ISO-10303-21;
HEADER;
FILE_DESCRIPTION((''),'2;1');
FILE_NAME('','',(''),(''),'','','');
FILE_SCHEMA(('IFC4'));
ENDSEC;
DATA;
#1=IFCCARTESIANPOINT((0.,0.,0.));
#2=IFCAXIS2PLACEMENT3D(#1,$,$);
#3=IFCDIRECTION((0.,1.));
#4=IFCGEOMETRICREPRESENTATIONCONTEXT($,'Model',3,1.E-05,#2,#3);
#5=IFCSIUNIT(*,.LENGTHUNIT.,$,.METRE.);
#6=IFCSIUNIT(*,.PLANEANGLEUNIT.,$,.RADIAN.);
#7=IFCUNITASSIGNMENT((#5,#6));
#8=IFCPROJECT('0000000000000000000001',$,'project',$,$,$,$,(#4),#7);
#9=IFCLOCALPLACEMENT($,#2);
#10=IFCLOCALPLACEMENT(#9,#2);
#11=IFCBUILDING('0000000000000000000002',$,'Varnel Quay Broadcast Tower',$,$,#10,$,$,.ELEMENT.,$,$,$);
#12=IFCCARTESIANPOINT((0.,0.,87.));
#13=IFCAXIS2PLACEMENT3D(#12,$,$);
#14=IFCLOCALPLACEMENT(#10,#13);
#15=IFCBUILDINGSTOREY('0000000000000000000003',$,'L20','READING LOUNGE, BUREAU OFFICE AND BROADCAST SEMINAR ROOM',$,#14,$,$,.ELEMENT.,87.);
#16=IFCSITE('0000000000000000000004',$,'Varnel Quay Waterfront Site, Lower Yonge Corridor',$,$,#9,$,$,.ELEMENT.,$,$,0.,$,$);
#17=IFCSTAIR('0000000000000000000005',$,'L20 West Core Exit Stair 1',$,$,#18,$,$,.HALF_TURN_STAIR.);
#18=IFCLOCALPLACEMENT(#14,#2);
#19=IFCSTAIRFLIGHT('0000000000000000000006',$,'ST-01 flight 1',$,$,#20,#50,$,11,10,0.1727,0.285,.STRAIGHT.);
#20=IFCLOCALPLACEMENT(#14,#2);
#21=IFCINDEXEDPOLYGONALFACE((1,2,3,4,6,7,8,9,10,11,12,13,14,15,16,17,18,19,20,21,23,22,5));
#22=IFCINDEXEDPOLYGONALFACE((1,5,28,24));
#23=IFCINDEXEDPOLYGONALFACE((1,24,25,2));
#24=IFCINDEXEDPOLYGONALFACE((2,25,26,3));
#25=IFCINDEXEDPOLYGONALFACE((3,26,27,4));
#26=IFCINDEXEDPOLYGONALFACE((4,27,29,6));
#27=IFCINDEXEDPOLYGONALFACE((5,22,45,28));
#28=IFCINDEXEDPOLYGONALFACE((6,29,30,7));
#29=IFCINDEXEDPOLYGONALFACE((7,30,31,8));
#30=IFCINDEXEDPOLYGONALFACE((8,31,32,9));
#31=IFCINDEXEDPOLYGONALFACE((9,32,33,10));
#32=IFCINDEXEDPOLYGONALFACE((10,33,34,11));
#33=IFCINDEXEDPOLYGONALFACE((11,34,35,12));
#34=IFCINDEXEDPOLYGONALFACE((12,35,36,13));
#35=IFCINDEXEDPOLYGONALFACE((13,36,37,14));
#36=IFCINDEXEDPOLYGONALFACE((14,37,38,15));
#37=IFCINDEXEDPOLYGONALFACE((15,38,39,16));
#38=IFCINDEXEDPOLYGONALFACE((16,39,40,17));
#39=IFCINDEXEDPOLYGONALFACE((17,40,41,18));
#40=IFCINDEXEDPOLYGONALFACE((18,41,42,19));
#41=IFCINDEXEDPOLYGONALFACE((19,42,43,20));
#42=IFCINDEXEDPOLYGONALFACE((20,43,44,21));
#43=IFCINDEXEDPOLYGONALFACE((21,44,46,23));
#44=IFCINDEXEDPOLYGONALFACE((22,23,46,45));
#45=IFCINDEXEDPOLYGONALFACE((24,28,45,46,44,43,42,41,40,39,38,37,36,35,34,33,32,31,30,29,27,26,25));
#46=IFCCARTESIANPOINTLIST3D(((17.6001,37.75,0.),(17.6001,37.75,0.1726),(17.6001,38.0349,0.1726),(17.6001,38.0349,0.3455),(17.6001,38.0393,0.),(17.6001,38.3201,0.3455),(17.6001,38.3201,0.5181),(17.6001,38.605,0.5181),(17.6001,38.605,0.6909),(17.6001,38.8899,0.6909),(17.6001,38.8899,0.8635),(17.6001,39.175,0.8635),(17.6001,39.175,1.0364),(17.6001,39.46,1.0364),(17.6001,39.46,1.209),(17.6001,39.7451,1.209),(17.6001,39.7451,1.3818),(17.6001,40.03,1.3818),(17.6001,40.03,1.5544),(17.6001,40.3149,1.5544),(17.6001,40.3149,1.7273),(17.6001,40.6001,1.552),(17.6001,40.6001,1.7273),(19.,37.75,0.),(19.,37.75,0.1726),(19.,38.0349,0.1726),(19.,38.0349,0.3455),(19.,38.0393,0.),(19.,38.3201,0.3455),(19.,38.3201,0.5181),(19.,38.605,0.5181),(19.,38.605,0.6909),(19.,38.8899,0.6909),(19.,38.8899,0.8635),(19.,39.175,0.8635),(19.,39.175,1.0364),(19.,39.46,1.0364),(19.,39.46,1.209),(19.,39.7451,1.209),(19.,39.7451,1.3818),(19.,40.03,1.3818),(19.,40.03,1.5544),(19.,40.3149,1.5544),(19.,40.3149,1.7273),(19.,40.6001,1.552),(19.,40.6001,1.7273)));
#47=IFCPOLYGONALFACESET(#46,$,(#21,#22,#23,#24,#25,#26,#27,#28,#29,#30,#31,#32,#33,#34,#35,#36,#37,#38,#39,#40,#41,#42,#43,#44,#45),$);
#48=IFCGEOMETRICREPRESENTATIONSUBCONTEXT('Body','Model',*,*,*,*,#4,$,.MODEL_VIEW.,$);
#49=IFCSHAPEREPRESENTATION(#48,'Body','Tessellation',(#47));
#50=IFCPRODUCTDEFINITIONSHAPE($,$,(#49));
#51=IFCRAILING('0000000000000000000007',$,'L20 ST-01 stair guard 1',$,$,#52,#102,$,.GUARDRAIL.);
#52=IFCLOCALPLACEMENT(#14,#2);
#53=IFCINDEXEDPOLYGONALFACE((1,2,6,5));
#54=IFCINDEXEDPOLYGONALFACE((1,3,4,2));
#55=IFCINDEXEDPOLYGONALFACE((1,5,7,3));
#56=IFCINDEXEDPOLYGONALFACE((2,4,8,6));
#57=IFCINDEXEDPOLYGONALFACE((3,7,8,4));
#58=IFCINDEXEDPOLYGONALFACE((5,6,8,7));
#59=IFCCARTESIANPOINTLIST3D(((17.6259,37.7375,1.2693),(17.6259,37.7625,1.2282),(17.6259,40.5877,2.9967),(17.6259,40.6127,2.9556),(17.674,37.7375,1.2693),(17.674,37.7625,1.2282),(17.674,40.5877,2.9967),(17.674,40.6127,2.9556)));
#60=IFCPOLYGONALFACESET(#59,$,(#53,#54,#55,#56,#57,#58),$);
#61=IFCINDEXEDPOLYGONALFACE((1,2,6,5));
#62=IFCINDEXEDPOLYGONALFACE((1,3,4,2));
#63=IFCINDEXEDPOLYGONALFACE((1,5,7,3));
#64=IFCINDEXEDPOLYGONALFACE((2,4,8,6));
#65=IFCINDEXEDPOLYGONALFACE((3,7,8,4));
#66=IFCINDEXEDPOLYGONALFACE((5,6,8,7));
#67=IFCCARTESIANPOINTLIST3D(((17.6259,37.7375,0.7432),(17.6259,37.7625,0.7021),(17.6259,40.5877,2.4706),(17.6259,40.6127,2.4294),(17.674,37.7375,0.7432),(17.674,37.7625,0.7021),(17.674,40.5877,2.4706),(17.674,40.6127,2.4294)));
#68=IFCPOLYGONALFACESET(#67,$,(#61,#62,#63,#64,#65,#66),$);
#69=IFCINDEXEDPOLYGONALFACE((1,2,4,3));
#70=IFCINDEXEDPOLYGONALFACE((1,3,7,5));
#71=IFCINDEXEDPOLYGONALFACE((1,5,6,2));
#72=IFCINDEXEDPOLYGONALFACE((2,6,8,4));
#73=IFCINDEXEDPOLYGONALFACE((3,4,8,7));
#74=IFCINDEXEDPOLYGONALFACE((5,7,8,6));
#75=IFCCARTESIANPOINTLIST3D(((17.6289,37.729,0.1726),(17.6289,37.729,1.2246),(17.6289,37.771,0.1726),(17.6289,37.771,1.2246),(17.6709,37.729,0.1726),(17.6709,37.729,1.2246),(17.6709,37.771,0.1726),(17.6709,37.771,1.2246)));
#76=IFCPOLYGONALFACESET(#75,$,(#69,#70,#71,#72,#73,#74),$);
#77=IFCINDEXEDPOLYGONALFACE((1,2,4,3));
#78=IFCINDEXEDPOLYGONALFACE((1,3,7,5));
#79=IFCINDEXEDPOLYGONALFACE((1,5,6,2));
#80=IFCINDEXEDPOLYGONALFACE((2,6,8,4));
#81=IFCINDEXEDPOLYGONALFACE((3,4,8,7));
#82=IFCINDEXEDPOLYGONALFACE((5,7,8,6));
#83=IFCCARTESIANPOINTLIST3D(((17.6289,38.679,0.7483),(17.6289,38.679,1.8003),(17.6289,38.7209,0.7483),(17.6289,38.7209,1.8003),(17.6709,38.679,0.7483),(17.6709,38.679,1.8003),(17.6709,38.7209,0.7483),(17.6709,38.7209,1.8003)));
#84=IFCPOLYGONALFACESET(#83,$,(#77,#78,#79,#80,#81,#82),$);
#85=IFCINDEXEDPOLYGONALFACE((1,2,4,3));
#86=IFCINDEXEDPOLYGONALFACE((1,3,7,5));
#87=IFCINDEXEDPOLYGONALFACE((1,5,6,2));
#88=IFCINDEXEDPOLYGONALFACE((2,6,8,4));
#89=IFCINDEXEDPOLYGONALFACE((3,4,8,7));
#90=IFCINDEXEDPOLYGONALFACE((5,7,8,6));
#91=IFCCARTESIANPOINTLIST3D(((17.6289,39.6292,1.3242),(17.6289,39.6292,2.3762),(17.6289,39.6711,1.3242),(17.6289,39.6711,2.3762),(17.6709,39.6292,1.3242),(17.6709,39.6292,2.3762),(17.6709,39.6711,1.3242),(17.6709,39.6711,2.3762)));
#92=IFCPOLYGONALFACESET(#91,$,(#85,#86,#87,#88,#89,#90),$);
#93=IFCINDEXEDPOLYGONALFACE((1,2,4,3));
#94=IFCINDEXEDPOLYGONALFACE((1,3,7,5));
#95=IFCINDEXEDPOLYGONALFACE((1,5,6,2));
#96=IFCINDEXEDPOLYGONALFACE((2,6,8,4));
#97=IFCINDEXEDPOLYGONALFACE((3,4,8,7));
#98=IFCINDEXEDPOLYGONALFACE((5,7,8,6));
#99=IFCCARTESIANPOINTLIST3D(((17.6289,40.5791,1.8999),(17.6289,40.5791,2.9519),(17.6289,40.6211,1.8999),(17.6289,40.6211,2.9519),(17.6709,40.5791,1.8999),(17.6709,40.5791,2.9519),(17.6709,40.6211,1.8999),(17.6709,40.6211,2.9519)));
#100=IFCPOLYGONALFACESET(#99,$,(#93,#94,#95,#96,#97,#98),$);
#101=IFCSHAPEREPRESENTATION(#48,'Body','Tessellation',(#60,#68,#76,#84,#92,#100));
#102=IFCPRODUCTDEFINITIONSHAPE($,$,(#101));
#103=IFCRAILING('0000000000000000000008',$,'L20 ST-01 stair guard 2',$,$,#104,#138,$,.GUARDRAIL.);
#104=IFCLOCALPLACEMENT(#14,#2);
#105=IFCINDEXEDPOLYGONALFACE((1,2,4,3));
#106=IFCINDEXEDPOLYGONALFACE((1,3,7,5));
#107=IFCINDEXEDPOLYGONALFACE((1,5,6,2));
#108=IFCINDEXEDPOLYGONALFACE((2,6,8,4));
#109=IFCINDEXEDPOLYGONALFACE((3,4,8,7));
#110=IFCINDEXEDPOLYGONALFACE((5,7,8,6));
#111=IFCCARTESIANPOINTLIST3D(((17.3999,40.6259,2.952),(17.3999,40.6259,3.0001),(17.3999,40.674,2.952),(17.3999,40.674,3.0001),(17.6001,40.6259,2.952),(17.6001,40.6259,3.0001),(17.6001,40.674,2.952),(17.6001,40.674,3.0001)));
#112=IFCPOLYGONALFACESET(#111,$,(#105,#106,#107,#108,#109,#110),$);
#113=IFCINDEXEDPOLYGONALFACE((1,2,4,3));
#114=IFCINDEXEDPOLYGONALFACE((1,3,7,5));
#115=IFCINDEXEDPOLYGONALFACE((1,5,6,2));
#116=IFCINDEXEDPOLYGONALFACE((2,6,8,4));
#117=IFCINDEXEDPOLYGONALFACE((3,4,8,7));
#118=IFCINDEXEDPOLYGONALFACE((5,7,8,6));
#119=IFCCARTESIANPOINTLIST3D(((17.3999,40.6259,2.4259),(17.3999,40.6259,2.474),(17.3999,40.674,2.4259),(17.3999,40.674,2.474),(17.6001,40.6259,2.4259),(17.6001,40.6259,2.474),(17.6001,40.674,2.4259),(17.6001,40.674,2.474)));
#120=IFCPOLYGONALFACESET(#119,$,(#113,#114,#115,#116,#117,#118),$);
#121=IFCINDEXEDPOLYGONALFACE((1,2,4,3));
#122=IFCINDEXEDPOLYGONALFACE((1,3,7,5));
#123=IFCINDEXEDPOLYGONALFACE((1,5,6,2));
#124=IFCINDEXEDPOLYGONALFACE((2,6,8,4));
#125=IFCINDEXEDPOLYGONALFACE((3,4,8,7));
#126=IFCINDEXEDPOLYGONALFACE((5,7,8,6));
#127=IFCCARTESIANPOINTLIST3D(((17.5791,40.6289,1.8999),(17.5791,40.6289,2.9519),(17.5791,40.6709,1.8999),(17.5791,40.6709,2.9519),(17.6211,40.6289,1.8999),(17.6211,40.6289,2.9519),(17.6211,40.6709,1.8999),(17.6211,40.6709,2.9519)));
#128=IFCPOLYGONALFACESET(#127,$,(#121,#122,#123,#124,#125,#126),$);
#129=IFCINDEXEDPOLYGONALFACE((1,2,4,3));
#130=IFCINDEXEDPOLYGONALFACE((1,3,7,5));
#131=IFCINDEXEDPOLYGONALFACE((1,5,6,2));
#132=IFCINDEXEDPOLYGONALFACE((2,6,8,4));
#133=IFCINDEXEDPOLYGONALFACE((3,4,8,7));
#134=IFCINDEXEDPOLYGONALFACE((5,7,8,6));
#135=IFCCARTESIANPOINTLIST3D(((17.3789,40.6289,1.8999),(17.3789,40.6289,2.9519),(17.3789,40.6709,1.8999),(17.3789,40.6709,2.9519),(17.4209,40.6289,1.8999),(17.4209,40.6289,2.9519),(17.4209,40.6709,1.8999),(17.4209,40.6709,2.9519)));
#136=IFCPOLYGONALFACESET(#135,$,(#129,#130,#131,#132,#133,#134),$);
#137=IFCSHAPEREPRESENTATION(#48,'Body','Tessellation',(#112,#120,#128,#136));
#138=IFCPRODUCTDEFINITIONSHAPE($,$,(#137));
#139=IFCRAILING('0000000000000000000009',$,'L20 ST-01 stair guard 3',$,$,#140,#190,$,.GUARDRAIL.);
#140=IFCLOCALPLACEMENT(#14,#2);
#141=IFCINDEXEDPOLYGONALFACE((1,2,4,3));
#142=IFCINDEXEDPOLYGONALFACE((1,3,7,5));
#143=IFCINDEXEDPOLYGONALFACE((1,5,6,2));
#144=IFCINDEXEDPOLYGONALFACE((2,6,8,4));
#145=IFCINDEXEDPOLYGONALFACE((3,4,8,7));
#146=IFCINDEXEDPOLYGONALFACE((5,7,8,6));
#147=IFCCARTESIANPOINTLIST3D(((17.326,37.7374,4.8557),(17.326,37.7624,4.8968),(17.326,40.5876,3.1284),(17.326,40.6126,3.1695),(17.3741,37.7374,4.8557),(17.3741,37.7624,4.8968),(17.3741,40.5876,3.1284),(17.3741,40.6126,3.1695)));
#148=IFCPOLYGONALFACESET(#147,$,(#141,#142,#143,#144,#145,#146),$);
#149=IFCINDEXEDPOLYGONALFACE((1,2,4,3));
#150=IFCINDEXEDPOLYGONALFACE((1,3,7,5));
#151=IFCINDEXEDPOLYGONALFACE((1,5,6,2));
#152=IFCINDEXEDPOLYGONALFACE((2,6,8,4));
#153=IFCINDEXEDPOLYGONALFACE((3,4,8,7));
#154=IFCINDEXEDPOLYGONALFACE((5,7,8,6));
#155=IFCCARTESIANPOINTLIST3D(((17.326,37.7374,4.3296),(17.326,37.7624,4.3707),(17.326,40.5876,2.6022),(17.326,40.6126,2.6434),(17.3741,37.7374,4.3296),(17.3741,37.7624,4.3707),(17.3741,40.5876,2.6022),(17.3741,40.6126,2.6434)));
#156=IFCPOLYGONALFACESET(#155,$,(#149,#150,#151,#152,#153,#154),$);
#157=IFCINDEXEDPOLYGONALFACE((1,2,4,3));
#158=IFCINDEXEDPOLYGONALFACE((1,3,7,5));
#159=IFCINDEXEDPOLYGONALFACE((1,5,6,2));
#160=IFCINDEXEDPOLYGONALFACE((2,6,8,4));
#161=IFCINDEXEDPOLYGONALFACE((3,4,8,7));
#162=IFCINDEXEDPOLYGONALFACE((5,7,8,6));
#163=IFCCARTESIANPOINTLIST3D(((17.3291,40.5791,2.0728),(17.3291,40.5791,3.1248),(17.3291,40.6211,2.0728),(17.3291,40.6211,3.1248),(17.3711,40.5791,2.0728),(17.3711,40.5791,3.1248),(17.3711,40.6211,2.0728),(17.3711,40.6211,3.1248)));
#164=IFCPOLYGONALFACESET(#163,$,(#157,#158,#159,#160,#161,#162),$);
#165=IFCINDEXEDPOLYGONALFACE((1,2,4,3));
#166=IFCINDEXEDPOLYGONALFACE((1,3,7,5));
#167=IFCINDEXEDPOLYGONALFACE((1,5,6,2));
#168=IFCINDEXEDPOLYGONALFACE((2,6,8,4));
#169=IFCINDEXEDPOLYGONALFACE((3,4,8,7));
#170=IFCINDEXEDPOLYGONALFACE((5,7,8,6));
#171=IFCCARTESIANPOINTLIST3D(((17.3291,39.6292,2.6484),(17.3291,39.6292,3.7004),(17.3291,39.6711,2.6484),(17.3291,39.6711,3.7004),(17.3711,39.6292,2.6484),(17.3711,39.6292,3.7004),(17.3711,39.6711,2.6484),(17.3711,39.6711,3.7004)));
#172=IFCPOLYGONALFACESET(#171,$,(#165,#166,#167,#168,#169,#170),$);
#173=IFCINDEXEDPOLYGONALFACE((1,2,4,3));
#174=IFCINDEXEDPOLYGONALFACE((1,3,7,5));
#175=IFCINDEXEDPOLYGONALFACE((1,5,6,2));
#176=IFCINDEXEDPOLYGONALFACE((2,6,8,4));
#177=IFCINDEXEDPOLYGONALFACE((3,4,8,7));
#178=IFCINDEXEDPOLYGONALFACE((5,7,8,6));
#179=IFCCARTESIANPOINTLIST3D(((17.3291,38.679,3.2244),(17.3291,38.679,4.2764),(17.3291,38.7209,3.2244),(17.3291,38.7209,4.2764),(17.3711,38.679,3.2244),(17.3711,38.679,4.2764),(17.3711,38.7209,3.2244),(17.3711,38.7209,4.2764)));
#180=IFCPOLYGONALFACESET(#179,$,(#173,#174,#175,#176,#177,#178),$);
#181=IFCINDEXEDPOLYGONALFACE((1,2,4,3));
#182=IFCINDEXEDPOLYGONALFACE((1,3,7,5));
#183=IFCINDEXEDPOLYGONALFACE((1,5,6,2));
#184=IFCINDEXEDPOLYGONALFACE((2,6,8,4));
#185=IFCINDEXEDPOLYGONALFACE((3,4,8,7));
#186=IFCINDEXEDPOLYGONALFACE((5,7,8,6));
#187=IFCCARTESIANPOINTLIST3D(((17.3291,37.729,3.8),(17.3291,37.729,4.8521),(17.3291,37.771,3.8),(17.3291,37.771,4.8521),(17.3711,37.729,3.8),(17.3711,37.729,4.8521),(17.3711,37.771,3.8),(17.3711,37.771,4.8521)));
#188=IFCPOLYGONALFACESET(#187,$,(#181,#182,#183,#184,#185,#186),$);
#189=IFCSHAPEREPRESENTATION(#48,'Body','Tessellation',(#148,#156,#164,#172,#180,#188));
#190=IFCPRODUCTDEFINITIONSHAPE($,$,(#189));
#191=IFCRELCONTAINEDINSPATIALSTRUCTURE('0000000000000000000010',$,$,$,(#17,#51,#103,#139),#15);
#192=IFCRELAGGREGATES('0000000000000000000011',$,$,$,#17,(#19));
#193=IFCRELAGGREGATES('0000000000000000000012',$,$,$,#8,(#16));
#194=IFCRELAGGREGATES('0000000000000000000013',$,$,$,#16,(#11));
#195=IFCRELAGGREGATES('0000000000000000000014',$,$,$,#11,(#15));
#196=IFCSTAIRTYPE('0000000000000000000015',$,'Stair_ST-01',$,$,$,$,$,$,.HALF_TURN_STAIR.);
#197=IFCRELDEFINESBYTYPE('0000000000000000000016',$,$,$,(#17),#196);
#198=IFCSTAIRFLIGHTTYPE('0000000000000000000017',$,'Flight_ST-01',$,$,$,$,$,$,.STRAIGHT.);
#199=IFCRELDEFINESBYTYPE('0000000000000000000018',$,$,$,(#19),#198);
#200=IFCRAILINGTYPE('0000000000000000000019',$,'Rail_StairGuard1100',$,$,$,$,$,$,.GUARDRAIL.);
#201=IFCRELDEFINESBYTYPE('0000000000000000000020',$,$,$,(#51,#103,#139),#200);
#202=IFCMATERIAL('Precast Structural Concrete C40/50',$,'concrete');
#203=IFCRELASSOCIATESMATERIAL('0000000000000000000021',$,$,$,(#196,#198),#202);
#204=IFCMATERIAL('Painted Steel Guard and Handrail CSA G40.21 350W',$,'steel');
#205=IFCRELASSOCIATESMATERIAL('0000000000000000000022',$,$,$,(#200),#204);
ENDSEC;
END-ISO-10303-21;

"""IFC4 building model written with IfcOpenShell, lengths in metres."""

from ifc_helpers import new_model, si_unit, direction, frame, origin, origin_2d, place, context, subcontext, project, spatial, polyline, rectangle, outline, extrude, material, type_object, element, aggregate, save


model = new_model("IFC4")

# Units and contexts
model_context = context("Model", 3, precision=1e-05, world=origin(), true_north=direction((0.0, 1.0)))
body_context = subcontext(model_context, "Body", "Model", "MODEL_VIEW")
ifc_project = project(units=[si_unit("LENGTHUNIT", "METRE"), si_unit("PLANEANGLEUNIT", "RADIAN")], contexts=[model_context])

# Site, building, storey
site_placement = place(None, origin())
site = spatial("IfcSite", under=ifc_project, at=site_placement, Name="Varnel Quay Waterfront Site, Lower Yonge Corridor", CompositionType="ELEMENT", RefElevation=0.0)
building_placement = place(site_placement, origin())
building = spatial("IfcBuilding", under=site, at=building_placement, Name="Varnel Quay Broadcast Tower", CompositionType="ELEMENT")
storey_placement = place(building_placement, frame((0.0, 0.0, 87.0)))
storey = spatial("IfcBuildingStorey", under=building, at=storey_placement, Name="L20", Description="READING LOUNGE, BUREAU OFFICE AND BROADCAST SEMINAR ROOM", CompositionType="ELEMENT", Elevation=87.0)

# Stair, stair flight
ifc_material_1 = material(Name="Precast Structural Concrete C40/50", Category="concrete")
stair_type = type_object("IfcStairType", Name="Stair_ST-01", PredefinedType="HALF_TURN_STAIR", material=ifc_material_1)
stair_placement = place(storey_placement, origin())
stair = element("IfcStair", 1, at=stair_placement, inside=storey, type_object=stair_type, Name="L20 West Core Exit Stair 1", PredefinedType="HALF_TURN_STAIR")
stair_flight_type = type_object("IfcStairFlightType", Name="Flight_ST-01", PredefinedType="STRAIGHT", material=ifc_material_1)
stair_flight_placement = place(storey_placement, frame((18.3, 37.75, 0.0), z_axis=(0.0, 0.0, 1.0), x_axis=(0.0, 1.0, 0.0)))
stair_flight = element("IfcStairFlight", 2, at=stair_flight_placement, type_object=stair_flight_type, Name="ST-01 flight 1", NumberOfRisers=11, NumberOfTreads=10, PredefinedType="STRAIGHT", RiserHeight=0.1727, TreadLength=0.285, context=body_context, shape_type="SweptSolid", body=[
    extrude(outline(polyline([(0.0, 0.0), (0.0, 0.1726), (0.2849, 0.1726), (0.2849, 0.3455), (0.5701, 0.3455), (0.5701, 0.5181), (0.855, 0.5181), (0.855, 0.6909), (1.1399, 0.6909), (1.1399, 0.8635), (1.425, 0.8635), (1.425, 1.0364), (1.71, 1.0364), (1.71, 1.209), (1.9951, 1.209), (1.9951, 1.3818), (2.28, 1.3818), (2.28, 1.5544), (2.5649, 1.5544), (2.5649, 1.7273), (2.8501, 1.7273), (2.8501, 1.8999), (2.8501, 1.552), (0.2893, 0.0), (0.0, 0.0)])), frame((0.0, 0.7, 0.0), z_axis=(0.0, -1.0, 0.0), x_axis=(1.0, 0.0, 0.0)), (0.0, 0.0, 1.0), 1.3999),
])
aggregate(stair, [stair_flight])

# Railings
ifc_material_2 = material(Name="Painted Steel Guard and Handrail CSA G40.21 350W", Category="steel")
railing_type_1 = type_object("IfcRailingType", Name="Rail_StairGuard1100", PredefinedType="GUARDRAIL", material=ifc_material_2)
railing_1_placement = place(storey_placement, frame((17.6499, 37.75, 0.1726)))
element("IfcRailing", 3, at=railing_1_placement, inside=storey, type_object=railing_type_1, Name="L20 ST-01 stair guard 1", PredefinedType="GUARDRAIL", context=body_context, shape_type="SweptSolid", body=[
    extrude(rectangle(XDim=0.0481, YDim=0.0481, at=origin_2d()), frame((0.0, 0.0, 1.0762), z_axis=(0.0, 0.855203, 0.518294), x_axis=(-1.0, 0.0, 0.0)), (0.0, 0.0, 1.0), 3.3328),
    extrude(rectangle(XDim=0.0481, YDim=0.0481, at=origin_2d()), frame((0.0, 0.0, 0.55), z_axis=(0.0, 0.855203, 0.518294), x_axis=(-1.0, 0.0, 0.0)), (0.0, 0.0, 1.0), 3.3328),
    extrude(rectangle(XDim=0.042, YDim=0.042, at=origin_2d()), origin(), (0.0, 0.0, 1.0), 1.052),
    extrude(rectangle(XDim=0.042, YDim=0.042, at=origin_2d()), frame((0.0, 0.95, 0.5757)), (0.0, 0.0, 1.0), 1.052),
    extrude(rectangle(XDim=0.042, YDim=0.042, at=origin_2d()), frame((0.0, 1.9001, 1.1516)), (0.0, 0.0, 1.0), 1.052),
    extrude(rectangle(XDim=0.042, YDim=0.042, at=origin_2d()), frame((0.0, 2.8501, 1.7273)), (0.0, 0.0, 1.0), 1.052),
])
railing_2_placement = place(storey_placement, frame((17.6001, 40.6499, 1.8999)))
element("IfcRailing", 4, at=railing_2_placement, inside=storey, type_object=railing_type_1, Name="L20 ST-01 stair guard 2", PredefinedType="GUARDRAIL", context=body_context, shape_type="SweptSolid", body=[
    extrude(rectangle(XDim=0.0481, YDim=0.0481, at=origin_2d()), frame((0.0, 0.0, 1.0762), z_axis=(-1.0, 0.0, 0.0), x_axis=(0.0, -1.0, 0.0)), (0.0, 0.0, 1.0), 0.2002),
    extrude(rectangle(XDim=0.0481, YDim=0.0481, at=origin_2d()), frame((0.0, 0.0, 0.55), z_axis=(-1.0, 0.0, 0.0), x_axis=(0.0, -1.0, 0.0)), (0.0, 0.0, 1.0), 0.2002),
    extrude(rectangle(XDim=0.042, YDim=0.042, at=origin_2d()), origin(), (0.0, 0.0, 1.0), 1.052),
    extrude(rectangle(XDim=0.042, YDim=0.042, at=origin_2d()), frame((-0.2002, 0.0, 0.0)), (0.0, 0.0, 1.0), 1.052),
])
railing_3_placement = place(storey_placement, frame((17.3501, 40.6001, 2.0728)))
element("IfcRailing", 5, at=railing_3_placement, inside=storey, type_object=railing_type_1, Name="L20 ST-01 stair guard 3", PredefinedType="GUARDRAIL", context=body_context, shape_type="SweptSolid", body=[
    extrude(rectangle(XDim=0.0481, YDim=0.0481, at=origin_2d()), frame((0.0, 0.0, 1.0762), z_axis=(0.0, -0.855203, 0.518294), x_axis=(1.0, 0.0, 0.0)), (0.0, 0.0, 1.0), 3.3328),
    extrude(rectangle(XDim=0.0481, YDim=0.0481, at=origin_2d()), frame((0.0, 0.0, 0.55), z_axis=(0.0, -0.855203, 0.518294), x_axis=(1.0, 0.0, 0.0)), (0.0, 0.0, 1.0), 3.3328),
    extrude(rectangle(XDim=0.042, YDim=0.042, at=origin_2d()), origin(), (0.0, 0.0, 1.0), 1.052),
    extrude(rectangle(XDim=0.042, YDim=0.042, at=origin_2d()), frame((0.0, -0.95, 0.5757)), (0.0, 0.0, 1.0), 1.052),
    extrude(rectangle(XDim=0.042, YDim=0.042, at=origin_2d()), frame((0.0, -1.9001, 1.1516)), (0.0, 0.0, 1.0), 1.052),
    extrude(rectangle(XDim=0.042, YDim=0.042, at=origin_2d()), frame((0.0, -2.8501, 1.7273)), (0.0, 0.0, 1.0), 1.052),
])

save(model, "model.ifc")
